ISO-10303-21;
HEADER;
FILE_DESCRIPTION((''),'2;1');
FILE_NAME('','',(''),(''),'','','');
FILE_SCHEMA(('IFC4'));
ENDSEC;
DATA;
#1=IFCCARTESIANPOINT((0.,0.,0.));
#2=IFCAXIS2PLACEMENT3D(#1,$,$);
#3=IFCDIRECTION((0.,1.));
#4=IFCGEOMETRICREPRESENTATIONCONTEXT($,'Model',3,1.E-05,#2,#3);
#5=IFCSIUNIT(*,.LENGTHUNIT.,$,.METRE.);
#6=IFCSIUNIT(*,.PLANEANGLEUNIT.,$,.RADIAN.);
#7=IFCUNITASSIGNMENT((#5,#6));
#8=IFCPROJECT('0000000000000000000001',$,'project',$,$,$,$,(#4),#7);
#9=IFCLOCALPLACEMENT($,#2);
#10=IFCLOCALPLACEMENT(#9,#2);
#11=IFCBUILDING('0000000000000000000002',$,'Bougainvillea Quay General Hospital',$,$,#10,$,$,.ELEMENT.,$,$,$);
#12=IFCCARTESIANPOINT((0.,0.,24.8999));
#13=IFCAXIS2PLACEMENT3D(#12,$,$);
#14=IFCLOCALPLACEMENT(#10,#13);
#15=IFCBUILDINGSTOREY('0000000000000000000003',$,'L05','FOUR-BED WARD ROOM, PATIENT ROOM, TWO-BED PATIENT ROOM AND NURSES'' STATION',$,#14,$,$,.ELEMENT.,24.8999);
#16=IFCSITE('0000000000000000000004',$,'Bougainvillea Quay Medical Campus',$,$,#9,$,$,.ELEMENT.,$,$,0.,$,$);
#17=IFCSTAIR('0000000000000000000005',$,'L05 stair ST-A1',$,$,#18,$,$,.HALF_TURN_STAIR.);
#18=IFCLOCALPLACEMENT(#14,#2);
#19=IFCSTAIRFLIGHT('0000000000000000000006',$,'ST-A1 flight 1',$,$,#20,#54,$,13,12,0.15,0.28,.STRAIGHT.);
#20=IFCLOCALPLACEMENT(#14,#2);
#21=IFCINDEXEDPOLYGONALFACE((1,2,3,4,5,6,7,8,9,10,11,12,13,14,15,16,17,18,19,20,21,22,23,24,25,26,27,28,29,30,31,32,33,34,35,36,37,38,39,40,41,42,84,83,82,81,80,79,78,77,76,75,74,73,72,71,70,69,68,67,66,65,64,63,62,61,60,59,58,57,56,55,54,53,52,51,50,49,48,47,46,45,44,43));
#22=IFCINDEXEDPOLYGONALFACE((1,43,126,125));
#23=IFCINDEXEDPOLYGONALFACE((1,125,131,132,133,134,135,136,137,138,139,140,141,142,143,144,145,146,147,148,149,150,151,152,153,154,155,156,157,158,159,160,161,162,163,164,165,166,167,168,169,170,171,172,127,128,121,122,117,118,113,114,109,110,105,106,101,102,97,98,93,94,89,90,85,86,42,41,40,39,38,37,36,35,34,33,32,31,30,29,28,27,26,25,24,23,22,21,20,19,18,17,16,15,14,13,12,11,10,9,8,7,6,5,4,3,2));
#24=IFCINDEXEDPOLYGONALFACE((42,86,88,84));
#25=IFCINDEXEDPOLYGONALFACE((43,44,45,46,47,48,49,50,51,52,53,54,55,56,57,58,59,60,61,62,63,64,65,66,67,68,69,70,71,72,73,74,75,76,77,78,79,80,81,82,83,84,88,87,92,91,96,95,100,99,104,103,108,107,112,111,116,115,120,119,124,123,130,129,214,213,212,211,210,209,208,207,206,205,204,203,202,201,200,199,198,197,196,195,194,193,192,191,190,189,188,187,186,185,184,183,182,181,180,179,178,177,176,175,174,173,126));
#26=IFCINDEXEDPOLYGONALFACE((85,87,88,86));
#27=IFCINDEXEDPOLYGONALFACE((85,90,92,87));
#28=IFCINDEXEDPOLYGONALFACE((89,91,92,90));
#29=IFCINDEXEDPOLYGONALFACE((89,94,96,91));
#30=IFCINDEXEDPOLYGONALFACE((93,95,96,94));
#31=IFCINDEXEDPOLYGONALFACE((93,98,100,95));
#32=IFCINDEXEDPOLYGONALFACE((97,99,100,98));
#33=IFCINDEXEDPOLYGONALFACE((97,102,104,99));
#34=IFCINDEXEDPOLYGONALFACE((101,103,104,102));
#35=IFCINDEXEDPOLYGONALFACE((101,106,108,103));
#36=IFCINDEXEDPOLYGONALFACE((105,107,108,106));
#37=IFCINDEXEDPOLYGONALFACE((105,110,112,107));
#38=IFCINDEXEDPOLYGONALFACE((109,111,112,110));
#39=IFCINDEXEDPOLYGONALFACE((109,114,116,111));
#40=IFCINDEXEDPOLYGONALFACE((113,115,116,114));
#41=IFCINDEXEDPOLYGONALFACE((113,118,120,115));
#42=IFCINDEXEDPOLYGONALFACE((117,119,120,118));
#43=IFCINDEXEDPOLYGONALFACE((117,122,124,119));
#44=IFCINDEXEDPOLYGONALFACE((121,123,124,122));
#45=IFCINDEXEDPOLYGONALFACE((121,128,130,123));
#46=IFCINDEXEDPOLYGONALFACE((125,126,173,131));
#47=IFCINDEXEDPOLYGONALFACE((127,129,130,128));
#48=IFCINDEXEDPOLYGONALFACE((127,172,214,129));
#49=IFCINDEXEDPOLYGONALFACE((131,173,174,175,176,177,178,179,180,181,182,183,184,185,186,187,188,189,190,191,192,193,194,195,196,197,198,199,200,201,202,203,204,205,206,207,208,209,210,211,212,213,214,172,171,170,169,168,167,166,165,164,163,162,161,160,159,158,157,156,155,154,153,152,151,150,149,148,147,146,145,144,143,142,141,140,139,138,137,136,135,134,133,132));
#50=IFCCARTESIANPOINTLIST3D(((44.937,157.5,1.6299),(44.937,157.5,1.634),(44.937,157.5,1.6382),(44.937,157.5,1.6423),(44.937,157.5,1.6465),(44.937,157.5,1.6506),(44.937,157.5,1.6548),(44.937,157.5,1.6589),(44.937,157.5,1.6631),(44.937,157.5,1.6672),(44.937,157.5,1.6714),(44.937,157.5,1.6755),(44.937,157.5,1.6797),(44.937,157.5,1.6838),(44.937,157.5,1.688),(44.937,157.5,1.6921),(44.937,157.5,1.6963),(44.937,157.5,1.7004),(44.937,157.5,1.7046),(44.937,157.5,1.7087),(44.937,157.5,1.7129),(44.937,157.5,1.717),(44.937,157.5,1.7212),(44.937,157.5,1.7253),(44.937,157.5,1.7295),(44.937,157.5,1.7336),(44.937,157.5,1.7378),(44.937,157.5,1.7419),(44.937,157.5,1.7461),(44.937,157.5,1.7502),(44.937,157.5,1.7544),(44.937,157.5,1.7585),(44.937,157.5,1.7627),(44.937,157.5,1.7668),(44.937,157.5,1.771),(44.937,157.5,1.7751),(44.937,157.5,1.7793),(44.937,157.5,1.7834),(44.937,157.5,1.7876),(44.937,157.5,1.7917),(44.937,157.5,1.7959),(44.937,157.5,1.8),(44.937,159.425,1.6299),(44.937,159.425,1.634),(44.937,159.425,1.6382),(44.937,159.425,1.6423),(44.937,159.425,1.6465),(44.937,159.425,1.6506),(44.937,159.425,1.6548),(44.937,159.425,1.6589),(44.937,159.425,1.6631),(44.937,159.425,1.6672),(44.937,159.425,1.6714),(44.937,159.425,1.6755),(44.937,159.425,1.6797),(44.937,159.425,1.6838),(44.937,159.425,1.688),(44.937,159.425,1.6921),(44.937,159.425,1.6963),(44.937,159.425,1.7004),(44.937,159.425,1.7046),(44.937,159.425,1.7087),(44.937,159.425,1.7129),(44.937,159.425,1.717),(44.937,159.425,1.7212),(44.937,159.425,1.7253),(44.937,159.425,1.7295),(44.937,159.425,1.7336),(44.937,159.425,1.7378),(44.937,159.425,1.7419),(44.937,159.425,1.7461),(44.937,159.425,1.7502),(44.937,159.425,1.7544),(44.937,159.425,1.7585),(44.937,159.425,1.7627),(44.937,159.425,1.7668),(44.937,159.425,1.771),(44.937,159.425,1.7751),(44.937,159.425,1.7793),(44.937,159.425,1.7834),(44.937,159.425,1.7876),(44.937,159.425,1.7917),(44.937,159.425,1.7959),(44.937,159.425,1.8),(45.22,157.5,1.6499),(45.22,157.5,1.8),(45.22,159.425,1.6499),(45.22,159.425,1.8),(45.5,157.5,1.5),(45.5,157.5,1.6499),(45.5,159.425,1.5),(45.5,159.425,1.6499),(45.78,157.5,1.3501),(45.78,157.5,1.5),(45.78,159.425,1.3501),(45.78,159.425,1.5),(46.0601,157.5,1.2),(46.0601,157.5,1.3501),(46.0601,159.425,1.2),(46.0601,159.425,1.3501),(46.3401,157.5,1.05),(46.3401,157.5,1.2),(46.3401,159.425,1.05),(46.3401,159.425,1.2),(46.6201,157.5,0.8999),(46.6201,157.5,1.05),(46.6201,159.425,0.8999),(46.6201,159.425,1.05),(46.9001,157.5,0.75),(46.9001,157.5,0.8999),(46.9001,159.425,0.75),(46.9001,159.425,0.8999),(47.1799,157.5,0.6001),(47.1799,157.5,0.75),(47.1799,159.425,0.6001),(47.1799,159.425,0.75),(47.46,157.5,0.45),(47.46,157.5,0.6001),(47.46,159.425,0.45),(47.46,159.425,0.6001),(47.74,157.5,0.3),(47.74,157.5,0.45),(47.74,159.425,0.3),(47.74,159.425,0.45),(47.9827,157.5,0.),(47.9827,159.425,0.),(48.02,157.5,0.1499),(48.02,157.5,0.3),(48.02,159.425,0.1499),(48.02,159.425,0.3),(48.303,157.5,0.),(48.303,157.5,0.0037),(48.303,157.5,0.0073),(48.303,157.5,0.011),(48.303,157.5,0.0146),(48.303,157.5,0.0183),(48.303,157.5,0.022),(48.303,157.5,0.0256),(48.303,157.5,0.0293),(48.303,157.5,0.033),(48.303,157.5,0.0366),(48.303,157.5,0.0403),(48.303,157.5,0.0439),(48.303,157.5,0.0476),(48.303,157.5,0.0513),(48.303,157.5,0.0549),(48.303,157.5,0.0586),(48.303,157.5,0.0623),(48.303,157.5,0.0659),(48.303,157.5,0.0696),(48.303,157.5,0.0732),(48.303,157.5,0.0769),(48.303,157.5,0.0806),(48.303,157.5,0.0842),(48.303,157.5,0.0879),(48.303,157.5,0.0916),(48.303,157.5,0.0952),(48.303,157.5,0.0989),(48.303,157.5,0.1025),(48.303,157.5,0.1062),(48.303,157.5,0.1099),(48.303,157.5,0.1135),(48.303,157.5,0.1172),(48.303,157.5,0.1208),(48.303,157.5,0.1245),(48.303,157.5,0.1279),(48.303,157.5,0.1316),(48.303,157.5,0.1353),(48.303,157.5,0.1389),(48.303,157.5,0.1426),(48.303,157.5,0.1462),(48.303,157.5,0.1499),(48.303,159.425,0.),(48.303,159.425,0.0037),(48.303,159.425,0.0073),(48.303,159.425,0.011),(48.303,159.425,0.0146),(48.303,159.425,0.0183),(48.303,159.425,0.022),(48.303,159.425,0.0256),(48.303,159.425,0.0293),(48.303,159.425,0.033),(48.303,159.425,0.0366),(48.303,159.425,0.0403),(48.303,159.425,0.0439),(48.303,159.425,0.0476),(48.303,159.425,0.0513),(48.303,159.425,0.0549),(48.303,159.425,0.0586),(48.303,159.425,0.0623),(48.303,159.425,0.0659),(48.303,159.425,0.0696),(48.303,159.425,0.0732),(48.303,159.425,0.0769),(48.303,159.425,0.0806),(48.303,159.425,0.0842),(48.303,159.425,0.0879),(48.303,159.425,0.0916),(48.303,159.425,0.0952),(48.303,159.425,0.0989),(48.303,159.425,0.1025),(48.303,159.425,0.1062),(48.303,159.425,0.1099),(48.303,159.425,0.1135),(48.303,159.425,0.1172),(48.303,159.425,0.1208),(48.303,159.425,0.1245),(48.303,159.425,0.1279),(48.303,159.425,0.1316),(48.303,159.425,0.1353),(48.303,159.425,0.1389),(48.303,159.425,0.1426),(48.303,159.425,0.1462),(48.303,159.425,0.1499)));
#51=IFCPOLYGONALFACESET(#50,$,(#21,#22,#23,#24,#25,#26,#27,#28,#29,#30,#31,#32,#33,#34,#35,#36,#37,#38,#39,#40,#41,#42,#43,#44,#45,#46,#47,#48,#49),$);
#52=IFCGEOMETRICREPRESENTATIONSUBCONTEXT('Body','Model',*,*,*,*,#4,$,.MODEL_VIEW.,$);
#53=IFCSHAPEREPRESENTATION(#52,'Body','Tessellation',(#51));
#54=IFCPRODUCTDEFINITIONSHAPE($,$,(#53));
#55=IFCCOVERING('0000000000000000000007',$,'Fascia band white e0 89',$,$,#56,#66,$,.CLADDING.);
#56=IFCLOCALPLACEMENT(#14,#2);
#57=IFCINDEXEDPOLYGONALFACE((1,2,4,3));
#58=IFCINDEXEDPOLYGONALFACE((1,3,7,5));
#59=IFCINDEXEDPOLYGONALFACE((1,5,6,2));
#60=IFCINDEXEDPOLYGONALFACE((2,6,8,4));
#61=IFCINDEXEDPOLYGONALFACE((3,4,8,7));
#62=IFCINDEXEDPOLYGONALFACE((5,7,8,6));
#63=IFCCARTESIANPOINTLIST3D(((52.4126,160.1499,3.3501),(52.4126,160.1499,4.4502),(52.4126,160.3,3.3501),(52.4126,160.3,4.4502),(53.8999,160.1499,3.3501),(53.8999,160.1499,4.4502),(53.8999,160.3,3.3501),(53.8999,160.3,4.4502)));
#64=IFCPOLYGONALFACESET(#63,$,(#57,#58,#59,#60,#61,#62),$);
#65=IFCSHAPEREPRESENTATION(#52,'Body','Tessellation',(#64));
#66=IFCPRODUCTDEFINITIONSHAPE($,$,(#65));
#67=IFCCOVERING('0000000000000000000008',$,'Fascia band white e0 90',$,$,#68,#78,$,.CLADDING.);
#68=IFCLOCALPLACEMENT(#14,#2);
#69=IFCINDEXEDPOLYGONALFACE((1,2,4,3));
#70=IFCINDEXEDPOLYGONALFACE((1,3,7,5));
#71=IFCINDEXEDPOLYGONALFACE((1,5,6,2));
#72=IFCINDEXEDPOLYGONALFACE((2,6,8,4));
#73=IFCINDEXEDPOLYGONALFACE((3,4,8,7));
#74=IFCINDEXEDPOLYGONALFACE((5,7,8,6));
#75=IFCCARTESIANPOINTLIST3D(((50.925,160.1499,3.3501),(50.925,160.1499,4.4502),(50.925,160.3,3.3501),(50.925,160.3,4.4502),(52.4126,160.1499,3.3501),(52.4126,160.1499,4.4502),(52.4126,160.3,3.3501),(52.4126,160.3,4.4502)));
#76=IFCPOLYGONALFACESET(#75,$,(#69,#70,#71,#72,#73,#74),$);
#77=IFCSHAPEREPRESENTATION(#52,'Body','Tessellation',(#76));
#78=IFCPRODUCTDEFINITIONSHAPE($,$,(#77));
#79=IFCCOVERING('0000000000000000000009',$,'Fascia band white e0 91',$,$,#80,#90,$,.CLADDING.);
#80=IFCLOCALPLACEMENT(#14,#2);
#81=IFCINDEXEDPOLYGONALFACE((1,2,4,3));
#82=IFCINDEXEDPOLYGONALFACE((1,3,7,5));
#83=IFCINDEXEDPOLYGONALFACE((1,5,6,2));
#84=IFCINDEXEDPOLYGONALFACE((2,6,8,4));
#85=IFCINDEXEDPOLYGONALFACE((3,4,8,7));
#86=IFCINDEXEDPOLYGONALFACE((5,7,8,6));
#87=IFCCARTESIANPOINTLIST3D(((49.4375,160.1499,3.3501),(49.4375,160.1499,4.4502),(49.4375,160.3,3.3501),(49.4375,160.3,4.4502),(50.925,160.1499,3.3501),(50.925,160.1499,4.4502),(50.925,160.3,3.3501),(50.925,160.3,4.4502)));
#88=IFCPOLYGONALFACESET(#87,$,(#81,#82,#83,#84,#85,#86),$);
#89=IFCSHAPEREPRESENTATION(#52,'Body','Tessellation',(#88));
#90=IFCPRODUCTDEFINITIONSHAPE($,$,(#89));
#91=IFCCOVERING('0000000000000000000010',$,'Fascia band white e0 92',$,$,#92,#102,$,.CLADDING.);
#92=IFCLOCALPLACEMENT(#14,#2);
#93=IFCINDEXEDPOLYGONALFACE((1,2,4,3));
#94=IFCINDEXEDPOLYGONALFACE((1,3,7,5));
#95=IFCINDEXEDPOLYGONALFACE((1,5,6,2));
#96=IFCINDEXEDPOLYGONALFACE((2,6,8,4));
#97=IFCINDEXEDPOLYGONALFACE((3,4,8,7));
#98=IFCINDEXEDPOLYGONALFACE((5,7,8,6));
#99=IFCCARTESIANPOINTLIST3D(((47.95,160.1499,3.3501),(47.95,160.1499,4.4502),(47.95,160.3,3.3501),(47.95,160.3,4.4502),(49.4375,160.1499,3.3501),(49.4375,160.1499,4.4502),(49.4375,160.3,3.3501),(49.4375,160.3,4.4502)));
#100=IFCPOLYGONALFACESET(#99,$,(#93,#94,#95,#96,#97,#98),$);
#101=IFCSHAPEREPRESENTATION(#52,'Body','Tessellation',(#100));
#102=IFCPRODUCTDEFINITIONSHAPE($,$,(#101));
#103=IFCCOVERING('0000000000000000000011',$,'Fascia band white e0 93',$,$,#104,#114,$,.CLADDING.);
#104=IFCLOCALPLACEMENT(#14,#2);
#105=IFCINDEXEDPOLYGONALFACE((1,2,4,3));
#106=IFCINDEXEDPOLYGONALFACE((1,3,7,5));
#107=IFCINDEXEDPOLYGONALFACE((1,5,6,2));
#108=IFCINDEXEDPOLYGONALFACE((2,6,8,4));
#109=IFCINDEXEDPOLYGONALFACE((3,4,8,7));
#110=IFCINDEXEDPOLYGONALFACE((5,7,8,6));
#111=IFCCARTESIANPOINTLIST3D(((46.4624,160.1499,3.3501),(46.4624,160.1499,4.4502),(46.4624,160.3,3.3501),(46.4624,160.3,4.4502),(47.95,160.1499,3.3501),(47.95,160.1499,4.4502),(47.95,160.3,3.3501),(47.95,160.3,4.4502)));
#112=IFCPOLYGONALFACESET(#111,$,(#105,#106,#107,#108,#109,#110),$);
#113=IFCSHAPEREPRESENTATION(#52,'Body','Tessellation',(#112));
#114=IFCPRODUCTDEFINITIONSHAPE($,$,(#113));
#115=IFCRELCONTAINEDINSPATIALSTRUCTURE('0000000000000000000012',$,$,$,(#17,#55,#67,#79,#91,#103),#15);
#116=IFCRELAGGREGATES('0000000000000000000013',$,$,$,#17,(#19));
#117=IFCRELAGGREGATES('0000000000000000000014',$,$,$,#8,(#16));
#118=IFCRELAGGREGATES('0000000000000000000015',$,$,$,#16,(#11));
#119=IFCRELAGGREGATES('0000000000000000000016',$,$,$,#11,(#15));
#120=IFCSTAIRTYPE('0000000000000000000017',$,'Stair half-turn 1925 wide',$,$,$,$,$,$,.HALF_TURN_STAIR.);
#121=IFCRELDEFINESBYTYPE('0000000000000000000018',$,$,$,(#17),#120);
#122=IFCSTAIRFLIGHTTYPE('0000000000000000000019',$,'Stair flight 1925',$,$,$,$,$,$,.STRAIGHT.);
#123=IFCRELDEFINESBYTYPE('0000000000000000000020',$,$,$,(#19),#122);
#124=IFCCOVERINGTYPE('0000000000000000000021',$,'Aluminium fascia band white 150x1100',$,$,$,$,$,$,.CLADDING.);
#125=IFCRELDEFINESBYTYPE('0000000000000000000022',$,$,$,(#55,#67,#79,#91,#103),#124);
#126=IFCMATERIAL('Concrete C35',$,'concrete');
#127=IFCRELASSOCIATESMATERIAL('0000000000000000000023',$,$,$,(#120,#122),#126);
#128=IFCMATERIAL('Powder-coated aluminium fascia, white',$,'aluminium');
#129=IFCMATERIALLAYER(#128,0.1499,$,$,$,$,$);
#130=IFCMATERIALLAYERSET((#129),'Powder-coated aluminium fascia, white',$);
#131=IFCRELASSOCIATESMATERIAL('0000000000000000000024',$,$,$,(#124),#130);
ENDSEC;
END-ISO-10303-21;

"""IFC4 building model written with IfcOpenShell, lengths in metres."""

from ifc_helpers import new_model, si_unit, direction, frame, origin, place, context, subcontext, project, spatial, polyline, outline, extrude, material, layer, layer_set, type_object, element, aggregate, save


model = new_model("IFC4")

# Units and contexts
model_context = context("Model", 3, precision=1e-05, world=origin(), true_north=direction((0.0, 1.0)))
body_context = subcontext(model_context, "Body", "Model", "MODEL_VIEW")
ifc_project = project(units=[si_unit("LENGTHUNIT", "METRE"), si_unit("PLANEANGLEUNIT", "RADIAN")], contexts=[model_context])

# Site, building, storey
site_placement = place(None, origin())
site = spatial("IfcSite", under=ifc_project, at=site_placement, Name="Bougainvillea Quay Medical Campus", CompositionType="ELEMENT", RefElevation=0.0)
building_placement = place(site_placement, origin())
building = spatial("IfcBuilding", under=site, at=building_placement, Name="Bougainvillea Quay General Hospital", CompositionType="ELEMENT")
storey_placement = place(building_placement, frame((0.0, 0.0, 24.8999)))
storey = spatial("IfcBuildingStorey", under=building, at=storey_placement, Name="L05", Description="FOUR-BED WARD ROOM, PATIENT ROOM, TWO-BED PATIENT ROOM AND NURSES' STATION", CompositionType="ELEMENT", Elevation=24.8999)

# Stair, stair flight
ifc_material_1 = material(Name="Concrete C35", Category="concrete")
stair_type = type_object("IfcStairType", Name="Stair half-turn 1925 wide", PredefinedType="HALF_TURN_STAIR", material=ifc_material_1)
stair_placement = place(storey_placement, origin())
stair = element("IfcStair", 1, at=stair_placement, inside=storey, type_object=stair_type, Name="L05 stair ST-A1", PredefinedType="HALF_TURN_STAIR")
stair_flight_type = type_object("IfcStairFlightType", Name="Stair flight 1925", PredefinedType="STRAIGHT", material=ifc_material_1)
stair_flight_placement = place(storey_placement, frame((48.3, 158.4624, 0.0), z_axis=(0.0, 0.0, 1.0), x_axis=(-1.0, 0.0, 0.0)))
stair_flight = element("IfcStairFlight", 2, at=stair_flight_placement, type_object=stair_flight_type, Name="ST-A1 flight 1", NumberOfRisers=13, NumberOfTreads=12, PredefinedType="STRAIGHT", RiserHeight=0.15, TreadLength=0.28, context=body_context, shape_type="SweptSolid", body=[
    extrude(outline(polyline([(-0.0029, 0.0), (-0.0029, 0.0037), (-0.0029, 0.0073), (-0.0029, 0.011), (-0.0029, 0.0146), (-0.0029, 0.0183), (-0.0029, 0.022), (-0.0029, 0.0256), (-0.0029, 0.0293), (-0.0029, 0.033), (-0.0029, 0.0366), (-0.0029, 0.0403), (-0.0029, 0.0439), (-0.0029, 0.0476), (-0.0029, 0.0513), (-0.0029, 0.0549), (-0.0029, 0.0586), (-0.0029, 0.0623), (-0.0029, 0.0659), (-0.0029, 0.0696), (-0.0029, 0.0732), (-0.0029, 0.0769), (-0.0029, 0.0806), (-0.0029, 0.0842), (-0.0029, 0.0879), (-0.0029, 0.0916), (-0.0029, 0.0952), (-0.0029, 0.0989), (-0.0029, 0.1025), (-0.0029, 0.1062), (-0.0029, 0.1099), (-0.0029, 0.1135), (-0.0029, 0.1172), (-0.0029, 0.1208), (-0.0029, 0.1245), (-0.0029, 0.1279), (-0.0029, 0.1316), (-0.0029, 0.1353), (-0.0029, 0.1389), (-0.0029, 0.1426), (-0.0029, 0.1462), (-0.0029, 0.1499), (0.28, 0.1499), (0.28, 0.3), (0.5601, 0.3), (0.5601, 0.45), (0.8401, 0.45), (0.8401, 0.6001), (1.1201, 0.6001), (1.1201, 0.75), (1.3999, 0.75), (1.3999, 0.8999), (1.6799, 0.8999), (1.6799, 1.05), (1.96, 1.05), (1.96, 1.2), (2.24, 1.2), (2.24, 1.3501), (2.52, 1.3501), (2.52, 1.5), (2.8, 1.5), (2.8, 1.6499), (3.0801, 1.6499), (3.0801, 1.8), (3.363, 1.8), (3.363, 1.7959), (3.363, 1.7917), (3.363, 1.7876), (3.363, 1.7834), (3.363, 1.7793), (3.363, 1.7751), (3.363, 1.771), (3.363, 1.7668), (3.363, 1.7627), (3.363, 1.7585), (3.363, 1.7544), (3.363, 1.7502), (3.363, 1.7461), (3.363, 1.7419), (3.363, 1.7378), (3.363, 1.7336), (3.363, 1.7295), (3.363, 1.7253), (3.363, 1.7212), (3.363, 1.717), (3.363, 1.7129), (3.363, 1.7087), (3.363, 1.7046), (3.363, 1.7004), (3.363, 1.6963), (3.363, 1.6921), (3.363, 1.688), (3.363, 1.6838), (3.363, 1.6797), (3.363, 1.6755), (3.363, 1.6714), (3.363, 1.6672), (3.363, 1.6631), (3.363, 1.6589), (3.363, 1.6548), (3.363, 1.6506), (3.363, 1.6465), (3.363, 1.6423), (3.363, 1.6382), (3.363, 1.634), (3.363, 1.6299), (0.3174, 0.0), (-0.0029, 0.0)])), frame((0.0, 0.9624, 0.0), z_axis=(0.0, -1.0, 0.0), x_axis=(1.0, 0.0, 0.0)), (0.0, 0.0, 1.0), 1.925),
])
aggregate(stair, [stair_flight])

# Coverings
ifc_material_2 = material(Name="Powder-coated aluminium fascia, white", Category="aluminium")
ifc_layer_1 = layer(ifc_material_2, 0.1499)
ifc_layer_set_1 = layer_set([ifc_layer_1], Name="Powder-coated aluminium fascia, white")
covering_type = type_object("IfcCoveringType", Name="Aluminium fascia band white 150x1100", PredefinedType="CLADDING", material=ifc_layer_set_1)
covering_placement = place(storey_placement, frame((53.8999, 160.1499, 3.3501), z_axis=(0.0, 0.0, 1.0), x_axis=(-1.0, 0.0, 0.0)))
element("IfcCovering", 3, at=covering_placement, inside=storey, type_object=covering_type, Name="Fascia band white e0 89", PredefinedType="CLADDING", context=body_context, shape_type="SweptSolid", body=[
    extrude(outline(polyline([(0.0, 0.0), (1.4873, 0.0), (1.4873, -0.1501), (0.0, -0.1501), (0.0, 0.0)])), origin(), (0.0, 0.0, 1.0), 1.1001),
])
for number, where, z_axis, x_axis, name in (
    (4, (52.4126, 160.1499, 3.3501), (0.0, 0.0, 1.0), (-1.0, 0.0, 0.0), "Fascia band white e0 90"),
    (5, (50.925, 160.1499, 3.3501), (0.0, 0.0, 1.0), (-1.0, 0.0, 0.0), "Fascia band white e0 91"),
    (6, (49.4375, 160.1499, 3.3501), (0.0, 0.0, 1.0), (-1.0, 0.0, 0.0), "Fascia band white e0 92"),
    (7, (47.95, 160.1499, 3.3501), (0.0, 0.0, 1.0), (-1.0, 0.0, 0.0), "Fascia band white e0 93"),
):
    element("IfcCovering", number, at=place(storey_placement, frame(where, z_axis=z_axis, x_axis=x_axis)), inside=storey, type_object=covering_type, Name=name, PredefinedType="CLADDING", context=body_context, shape_type="SweptSolid", body=[
        extrude(outline(polyline([(0.0, 0.0), (1.4875, 0.0), (1.4875, -0.1501), (0.0, -0.1501), (0.0, 0.0)])), origin(), (0.0, 0.0, 1.0), 1.1001),
    ])

save(model, "model.ifc")
